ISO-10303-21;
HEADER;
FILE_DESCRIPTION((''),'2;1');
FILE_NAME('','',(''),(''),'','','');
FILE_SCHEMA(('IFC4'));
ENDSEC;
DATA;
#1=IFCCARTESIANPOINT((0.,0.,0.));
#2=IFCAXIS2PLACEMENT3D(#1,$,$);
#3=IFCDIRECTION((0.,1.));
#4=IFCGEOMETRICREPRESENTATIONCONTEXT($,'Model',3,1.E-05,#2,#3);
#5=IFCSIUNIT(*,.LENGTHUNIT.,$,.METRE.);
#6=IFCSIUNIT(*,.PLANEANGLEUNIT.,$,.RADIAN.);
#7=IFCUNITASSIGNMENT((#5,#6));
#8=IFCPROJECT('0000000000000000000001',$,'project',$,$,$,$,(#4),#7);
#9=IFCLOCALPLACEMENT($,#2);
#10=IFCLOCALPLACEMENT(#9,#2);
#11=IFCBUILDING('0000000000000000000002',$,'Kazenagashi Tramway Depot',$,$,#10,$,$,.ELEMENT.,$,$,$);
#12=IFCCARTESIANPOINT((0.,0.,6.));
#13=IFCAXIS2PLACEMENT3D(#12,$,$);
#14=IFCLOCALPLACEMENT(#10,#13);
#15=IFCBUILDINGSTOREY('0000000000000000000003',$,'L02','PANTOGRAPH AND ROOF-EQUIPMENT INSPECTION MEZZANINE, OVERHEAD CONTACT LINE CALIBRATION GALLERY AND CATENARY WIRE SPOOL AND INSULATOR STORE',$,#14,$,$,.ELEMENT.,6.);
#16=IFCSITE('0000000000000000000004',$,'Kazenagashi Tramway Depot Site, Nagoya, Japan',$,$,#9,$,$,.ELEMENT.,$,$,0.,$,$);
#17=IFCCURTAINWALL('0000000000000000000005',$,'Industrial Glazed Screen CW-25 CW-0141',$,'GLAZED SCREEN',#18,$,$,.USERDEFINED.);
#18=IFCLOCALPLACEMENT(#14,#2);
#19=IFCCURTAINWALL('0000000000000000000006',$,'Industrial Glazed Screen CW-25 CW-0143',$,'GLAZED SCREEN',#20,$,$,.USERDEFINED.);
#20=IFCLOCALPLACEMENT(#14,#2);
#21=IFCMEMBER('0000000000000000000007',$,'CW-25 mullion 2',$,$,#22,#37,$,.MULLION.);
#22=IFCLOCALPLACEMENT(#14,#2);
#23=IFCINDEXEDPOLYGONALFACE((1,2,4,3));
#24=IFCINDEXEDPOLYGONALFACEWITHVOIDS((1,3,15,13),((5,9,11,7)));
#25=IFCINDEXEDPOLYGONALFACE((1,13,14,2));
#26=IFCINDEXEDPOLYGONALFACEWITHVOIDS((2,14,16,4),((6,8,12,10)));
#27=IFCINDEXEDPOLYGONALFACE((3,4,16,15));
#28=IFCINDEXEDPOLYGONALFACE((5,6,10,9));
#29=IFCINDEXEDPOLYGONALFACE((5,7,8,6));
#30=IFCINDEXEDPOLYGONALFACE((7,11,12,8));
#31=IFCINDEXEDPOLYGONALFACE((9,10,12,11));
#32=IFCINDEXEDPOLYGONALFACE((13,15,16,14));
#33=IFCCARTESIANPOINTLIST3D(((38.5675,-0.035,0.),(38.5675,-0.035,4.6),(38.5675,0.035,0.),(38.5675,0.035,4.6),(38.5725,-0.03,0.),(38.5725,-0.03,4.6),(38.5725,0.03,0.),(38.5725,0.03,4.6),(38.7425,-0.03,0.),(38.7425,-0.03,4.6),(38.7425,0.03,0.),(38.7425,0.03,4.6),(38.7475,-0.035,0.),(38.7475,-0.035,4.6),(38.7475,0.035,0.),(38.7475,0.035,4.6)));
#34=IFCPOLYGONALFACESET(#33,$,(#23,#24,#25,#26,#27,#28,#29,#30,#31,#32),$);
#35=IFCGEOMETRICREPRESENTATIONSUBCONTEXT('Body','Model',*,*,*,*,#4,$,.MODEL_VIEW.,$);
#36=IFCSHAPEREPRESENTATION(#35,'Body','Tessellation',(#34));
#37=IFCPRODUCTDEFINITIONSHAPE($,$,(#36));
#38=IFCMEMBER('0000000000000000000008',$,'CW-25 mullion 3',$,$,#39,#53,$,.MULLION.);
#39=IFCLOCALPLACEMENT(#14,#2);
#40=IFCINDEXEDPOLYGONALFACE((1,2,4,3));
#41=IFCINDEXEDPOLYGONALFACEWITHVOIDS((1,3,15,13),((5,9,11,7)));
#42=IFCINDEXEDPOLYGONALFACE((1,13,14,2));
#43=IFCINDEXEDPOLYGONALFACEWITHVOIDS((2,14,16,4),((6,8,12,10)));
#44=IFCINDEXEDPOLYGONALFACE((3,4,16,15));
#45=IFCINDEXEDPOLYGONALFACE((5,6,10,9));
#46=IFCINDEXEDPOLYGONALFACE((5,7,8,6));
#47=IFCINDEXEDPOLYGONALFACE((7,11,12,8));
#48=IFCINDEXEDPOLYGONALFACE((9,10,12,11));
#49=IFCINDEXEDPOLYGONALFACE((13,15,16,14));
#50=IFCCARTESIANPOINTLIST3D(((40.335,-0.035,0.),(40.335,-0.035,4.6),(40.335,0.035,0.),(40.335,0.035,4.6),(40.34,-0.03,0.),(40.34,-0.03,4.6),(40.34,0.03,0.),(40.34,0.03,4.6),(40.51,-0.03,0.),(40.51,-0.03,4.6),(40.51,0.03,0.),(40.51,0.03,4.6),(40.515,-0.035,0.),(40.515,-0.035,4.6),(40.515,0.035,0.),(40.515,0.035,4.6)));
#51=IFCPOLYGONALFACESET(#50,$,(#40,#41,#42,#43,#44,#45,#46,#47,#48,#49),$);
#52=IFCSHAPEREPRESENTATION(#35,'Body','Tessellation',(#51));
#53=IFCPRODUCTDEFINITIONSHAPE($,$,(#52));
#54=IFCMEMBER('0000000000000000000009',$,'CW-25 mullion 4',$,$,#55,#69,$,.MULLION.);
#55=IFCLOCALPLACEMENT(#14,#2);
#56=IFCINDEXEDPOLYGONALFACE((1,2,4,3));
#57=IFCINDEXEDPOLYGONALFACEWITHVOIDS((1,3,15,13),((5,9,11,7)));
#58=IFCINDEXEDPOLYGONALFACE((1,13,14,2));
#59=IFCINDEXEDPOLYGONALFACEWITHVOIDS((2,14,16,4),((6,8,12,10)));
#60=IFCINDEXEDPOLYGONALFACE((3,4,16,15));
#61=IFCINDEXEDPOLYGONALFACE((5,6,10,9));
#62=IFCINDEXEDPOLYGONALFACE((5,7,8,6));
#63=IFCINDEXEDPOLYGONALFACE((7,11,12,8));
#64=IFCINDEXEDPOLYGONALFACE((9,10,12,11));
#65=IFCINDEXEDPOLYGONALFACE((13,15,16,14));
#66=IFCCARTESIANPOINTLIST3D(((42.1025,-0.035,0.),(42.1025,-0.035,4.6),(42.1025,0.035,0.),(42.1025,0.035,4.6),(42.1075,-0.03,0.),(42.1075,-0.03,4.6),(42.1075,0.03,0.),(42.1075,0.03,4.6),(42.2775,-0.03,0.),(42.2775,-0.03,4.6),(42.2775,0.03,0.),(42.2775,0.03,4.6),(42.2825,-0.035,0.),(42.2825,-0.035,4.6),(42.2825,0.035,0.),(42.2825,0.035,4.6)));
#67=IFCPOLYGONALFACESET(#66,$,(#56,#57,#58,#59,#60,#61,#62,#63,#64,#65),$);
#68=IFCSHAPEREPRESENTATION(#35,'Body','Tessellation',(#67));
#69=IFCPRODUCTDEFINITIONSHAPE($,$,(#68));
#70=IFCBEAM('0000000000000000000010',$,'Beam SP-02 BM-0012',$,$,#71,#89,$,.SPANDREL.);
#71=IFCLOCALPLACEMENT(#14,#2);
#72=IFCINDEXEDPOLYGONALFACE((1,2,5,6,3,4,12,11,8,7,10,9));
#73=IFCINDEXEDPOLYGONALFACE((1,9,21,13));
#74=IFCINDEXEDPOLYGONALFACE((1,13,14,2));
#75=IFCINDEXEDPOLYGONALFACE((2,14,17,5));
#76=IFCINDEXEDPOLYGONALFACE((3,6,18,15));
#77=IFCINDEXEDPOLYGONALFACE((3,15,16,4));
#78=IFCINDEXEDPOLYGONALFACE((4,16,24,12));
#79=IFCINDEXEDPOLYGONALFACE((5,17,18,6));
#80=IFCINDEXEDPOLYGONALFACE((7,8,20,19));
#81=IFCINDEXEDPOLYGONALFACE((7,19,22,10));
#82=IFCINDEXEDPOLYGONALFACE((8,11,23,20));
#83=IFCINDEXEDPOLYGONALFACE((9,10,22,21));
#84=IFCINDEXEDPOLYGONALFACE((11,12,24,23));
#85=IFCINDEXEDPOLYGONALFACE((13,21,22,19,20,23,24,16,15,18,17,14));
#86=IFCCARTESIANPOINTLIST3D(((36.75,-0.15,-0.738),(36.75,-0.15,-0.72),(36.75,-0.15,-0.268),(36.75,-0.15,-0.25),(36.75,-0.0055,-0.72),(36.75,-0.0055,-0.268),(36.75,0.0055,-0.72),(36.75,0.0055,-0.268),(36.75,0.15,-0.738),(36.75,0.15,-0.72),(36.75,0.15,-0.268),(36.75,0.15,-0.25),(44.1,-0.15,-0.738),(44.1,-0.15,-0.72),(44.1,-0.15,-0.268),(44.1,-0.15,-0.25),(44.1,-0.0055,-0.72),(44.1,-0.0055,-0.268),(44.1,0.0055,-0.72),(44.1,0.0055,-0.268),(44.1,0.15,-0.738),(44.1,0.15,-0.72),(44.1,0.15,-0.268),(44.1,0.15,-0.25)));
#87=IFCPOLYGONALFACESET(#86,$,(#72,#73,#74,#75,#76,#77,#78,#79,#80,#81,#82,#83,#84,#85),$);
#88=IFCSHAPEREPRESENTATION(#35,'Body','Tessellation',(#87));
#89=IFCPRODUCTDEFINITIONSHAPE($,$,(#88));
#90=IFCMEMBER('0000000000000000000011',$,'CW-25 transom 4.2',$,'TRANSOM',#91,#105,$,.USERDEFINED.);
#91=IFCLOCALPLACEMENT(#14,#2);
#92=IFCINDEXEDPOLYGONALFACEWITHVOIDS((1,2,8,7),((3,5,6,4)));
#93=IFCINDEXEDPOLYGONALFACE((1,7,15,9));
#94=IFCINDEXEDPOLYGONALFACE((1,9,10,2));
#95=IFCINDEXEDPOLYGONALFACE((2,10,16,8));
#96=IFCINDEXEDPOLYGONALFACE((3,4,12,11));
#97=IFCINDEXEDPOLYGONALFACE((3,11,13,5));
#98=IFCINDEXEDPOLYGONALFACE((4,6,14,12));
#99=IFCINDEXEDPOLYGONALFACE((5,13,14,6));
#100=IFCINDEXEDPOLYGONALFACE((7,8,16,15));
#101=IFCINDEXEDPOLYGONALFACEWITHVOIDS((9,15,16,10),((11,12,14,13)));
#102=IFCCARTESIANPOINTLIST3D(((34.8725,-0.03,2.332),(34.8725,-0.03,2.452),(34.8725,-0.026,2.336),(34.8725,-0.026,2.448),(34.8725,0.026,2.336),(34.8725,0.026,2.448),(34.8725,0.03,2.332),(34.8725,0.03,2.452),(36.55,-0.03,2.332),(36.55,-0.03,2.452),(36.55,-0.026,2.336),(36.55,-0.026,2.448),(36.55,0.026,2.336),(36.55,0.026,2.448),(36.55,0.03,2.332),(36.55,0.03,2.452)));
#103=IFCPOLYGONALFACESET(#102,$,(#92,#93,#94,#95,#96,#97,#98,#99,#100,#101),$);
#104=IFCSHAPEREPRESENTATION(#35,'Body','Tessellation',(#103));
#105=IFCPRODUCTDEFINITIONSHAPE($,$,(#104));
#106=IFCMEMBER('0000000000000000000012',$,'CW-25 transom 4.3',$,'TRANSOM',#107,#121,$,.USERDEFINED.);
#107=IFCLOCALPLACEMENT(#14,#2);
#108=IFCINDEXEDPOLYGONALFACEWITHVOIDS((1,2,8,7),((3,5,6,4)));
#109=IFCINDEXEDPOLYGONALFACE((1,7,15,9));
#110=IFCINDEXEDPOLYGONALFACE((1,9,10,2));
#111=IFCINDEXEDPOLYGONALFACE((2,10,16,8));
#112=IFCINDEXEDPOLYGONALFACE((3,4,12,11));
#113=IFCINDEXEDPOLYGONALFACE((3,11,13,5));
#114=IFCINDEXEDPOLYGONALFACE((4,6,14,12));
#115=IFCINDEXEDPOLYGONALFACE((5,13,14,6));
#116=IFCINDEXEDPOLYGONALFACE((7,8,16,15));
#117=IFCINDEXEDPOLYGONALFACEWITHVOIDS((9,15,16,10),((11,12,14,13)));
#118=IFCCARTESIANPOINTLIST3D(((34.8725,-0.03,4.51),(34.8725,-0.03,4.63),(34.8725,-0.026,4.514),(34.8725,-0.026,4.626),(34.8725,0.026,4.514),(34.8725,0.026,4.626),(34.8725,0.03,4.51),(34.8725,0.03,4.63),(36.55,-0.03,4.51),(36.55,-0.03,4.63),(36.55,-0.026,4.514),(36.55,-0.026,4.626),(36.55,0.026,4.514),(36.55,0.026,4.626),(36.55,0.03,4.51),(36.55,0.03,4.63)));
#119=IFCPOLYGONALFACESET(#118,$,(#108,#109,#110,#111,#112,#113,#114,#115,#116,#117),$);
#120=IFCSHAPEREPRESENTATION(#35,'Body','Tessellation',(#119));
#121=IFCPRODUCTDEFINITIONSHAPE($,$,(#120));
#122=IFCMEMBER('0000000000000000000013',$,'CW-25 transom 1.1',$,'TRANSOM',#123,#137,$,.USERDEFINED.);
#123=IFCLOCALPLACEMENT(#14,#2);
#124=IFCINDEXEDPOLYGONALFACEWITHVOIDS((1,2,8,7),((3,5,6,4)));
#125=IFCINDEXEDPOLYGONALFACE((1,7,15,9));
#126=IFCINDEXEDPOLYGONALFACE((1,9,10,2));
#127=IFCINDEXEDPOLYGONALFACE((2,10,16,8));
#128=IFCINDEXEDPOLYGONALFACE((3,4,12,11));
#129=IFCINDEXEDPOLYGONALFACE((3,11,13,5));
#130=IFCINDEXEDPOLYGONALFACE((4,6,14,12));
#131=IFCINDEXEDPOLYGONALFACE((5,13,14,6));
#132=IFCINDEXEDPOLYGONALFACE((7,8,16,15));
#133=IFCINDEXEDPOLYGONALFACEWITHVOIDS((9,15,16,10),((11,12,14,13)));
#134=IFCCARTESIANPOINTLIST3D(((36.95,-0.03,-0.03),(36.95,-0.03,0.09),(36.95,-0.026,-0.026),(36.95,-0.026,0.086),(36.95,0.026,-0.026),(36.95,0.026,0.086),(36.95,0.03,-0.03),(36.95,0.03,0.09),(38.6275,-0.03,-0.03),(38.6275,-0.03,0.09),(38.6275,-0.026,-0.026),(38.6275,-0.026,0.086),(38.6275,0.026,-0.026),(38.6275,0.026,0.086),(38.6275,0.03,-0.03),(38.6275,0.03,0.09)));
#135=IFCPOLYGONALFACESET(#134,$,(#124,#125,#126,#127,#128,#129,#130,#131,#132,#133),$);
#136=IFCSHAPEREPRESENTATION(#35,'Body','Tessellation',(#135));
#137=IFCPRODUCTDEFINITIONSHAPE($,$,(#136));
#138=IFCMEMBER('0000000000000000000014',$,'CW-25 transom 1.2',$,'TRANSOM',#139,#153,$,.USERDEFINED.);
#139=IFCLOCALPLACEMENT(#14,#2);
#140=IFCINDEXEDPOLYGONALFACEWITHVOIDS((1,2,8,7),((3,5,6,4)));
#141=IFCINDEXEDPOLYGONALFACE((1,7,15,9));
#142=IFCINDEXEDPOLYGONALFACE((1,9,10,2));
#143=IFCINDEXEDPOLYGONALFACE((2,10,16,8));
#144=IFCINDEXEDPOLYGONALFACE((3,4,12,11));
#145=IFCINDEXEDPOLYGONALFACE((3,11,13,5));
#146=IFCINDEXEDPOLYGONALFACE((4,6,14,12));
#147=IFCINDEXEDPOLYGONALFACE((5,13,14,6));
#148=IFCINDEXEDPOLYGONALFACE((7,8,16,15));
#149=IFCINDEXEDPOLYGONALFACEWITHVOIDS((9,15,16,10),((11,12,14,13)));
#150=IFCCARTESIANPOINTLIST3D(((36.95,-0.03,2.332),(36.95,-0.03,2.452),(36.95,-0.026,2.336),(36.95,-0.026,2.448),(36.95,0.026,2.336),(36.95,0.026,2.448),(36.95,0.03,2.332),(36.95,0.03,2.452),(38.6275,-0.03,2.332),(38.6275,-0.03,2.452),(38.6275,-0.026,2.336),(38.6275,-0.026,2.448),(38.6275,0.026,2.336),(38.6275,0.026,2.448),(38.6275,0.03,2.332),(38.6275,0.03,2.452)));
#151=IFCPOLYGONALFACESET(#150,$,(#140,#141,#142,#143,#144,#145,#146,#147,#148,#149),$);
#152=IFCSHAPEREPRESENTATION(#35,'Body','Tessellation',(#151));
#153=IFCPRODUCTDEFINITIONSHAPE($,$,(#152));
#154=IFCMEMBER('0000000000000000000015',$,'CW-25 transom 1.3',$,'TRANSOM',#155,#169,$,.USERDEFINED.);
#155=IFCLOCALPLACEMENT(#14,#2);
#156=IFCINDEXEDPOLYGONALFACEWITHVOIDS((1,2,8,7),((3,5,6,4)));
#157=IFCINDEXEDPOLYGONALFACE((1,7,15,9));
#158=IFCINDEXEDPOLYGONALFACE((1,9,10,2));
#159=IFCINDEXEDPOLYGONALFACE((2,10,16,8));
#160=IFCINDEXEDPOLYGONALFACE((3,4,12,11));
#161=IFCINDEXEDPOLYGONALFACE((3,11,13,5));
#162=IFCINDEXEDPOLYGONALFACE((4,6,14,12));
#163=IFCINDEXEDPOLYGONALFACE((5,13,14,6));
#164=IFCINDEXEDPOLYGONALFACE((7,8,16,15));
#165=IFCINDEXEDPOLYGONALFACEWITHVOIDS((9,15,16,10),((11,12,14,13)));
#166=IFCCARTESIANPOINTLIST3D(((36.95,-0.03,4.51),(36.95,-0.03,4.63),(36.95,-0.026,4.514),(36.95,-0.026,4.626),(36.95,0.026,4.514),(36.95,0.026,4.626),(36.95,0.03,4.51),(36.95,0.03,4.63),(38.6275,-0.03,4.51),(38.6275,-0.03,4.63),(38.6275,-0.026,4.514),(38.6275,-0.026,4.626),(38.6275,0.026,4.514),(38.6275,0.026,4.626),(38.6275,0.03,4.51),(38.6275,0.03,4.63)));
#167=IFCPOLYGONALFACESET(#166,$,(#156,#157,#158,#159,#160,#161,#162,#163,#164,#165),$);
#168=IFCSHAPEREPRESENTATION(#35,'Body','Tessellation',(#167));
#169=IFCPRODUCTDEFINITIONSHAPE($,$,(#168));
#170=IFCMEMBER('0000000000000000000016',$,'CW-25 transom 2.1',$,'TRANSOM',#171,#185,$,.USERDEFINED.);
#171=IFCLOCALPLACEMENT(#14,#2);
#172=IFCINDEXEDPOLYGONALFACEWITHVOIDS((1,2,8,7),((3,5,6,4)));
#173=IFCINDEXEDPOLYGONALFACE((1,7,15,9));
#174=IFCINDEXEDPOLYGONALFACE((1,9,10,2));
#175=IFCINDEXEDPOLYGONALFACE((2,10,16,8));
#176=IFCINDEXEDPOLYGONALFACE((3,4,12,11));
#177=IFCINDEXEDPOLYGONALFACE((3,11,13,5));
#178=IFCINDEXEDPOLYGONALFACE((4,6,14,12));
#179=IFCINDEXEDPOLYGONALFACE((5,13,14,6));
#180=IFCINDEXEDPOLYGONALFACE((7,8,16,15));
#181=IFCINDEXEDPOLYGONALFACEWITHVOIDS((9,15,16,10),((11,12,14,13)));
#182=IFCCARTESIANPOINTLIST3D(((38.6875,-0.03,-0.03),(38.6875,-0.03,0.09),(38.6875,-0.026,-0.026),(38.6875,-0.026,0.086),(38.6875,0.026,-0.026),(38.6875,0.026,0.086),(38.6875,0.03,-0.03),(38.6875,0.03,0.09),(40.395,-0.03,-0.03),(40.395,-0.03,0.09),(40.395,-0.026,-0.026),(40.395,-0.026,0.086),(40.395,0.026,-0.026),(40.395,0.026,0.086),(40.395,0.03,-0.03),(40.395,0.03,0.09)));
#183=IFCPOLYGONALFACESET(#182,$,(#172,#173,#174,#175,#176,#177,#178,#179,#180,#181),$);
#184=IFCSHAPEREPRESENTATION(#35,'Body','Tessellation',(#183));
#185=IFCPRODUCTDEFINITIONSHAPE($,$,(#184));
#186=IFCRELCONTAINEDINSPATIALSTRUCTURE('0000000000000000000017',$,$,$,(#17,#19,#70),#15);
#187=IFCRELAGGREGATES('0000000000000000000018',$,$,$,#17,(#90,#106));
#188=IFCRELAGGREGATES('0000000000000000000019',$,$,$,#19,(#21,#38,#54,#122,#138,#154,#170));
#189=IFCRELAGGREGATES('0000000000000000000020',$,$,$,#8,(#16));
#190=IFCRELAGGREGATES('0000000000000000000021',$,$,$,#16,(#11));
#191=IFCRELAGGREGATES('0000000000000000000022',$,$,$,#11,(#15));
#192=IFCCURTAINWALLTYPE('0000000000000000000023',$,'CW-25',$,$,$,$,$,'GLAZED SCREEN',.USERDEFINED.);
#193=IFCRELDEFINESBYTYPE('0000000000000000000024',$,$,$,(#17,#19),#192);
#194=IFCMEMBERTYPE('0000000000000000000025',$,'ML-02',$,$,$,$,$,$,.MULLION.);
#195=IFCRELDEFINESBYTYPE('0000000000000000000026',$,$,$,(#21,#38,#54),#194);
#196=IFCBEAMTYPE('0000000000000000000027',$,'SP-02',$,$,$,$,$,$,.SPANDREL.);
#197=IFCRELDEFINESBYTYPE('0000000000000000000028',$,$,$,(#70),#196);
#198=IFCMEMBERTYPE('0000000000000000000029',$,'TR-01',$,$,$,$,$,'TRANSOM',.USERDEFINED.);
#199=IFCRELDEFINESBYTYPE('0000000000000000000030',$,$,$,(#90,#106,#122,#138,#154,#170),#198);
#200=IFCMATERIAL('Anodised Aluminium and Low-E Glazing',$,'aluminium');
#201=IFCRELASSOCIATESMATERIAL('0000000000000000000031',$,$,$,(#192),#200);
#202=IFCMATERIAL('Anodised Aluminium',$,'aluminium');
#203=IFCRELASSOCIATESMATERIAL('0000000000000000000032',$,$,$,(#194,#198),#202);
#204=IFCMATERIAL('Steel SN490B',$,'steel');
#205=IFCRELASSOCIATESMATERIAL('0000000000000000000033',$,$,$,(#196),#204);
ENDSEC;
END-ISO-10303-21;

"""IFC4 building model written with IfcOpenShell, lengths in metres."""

from ifc_helpers import new_model, si_unit, direction, frame, origin, origin_2d, place, context, subcontext, project, spatial, hollow_rectangle, i_section, extrude, material, material_profile, profile_set, type_object, element, aggregate, save


model = new_model("IFC4")

# Units and contexts
model_context = context("Model", 3, precision=1e-05, world=origin(), true_north=direction((0.0, 1.0)))
body_context = subcontext(model_context, "Body", "Model", "MODEL_VIEW")
ifc_project = project(units=[si_unit("LENGTHUNIT", "METRE"), si_unit("PLANEANGLEUNIT", "RADIAN")], contexts=[model_context])

# Site, building, storey
site_placement = place(None, origin())
site = spatial("IfcSite", under=ifc_project, at=site_placement, Name="Kazenagashi Tramway Depot Site, Nagoya, Japan", CompositionType="ELEMENT", RefElevation=0.0)
building_placement = place(site_placement, origin())
building = spatial("IfcBuilding", under=site, at=building_placement, Name="Kazenagashi Tramway Depot", CompositionType="ELEMENT")
storey_placement = place(building_placement, frame((0.0, 0.0, 6.0)))
storey = spatial("IfcBuildingStorey", under=building, at=storey_placement, Name="L02", Description="PANTOGRAPH AND ROOF-EQUIPMENT INSPECTION MEZZANINE, OVERHEAD CONTACT LINE CALIBRATION GALLERY AND CATENARY WIRE SPOOL AND INSULATOR STORE", CompositionType="ELEMENT", Elevation=6.0)

# Shared definitions
ifc_material_1 = material(Name="Steel SN490B", Category="steel")

# Curtain wall
ifc_material_2 = material(Name="Anodised Aluminium and Low-E Glazing", Category="aluminium")
curtain_wall_type = type_object("IfcCurtainWallType", Name="CW-25", ElementType="GLAZED SCREEN", PredefinedType="USERDEFINED", material=ifc_material_2)
curtain_wall_1_placement = place(storey_placement, origin())
curtain_wall_1 = element("IfcCurtainWall", 1, at=curtain_wall_1_placement, inside=storey, type_object=curtain_wall_type, Name="Industrial Glazed Screen CW-25 CW-0141", ObjectType="GLAZED SCREEN", PredefinedType="USERDEFINED")
ifc_material_3 = material(Name="Anodised Aluminium", Category="aluminium")
ifc_material_profile_1 = material_profile(ifc_material_3, hollow_rectangle(XDim=0.07, YDim=0.18, WallThickness=0.005, at=origin_2d()), Name="RHS-180x70x5")
ifc_profile_set_1 = profile_set([ifc_material_profile_1], Name="Anodised Aluminium")
member_type_1 = type_object("IfcMemberType", Name="ML-02", PredefinedType="MULLION", material=ifc_profile_set_1)

# Curtain wall, members
curtain_wall_2_placement = place(storey_placement, origin())
curtain_wall_2 = element("IfcCurtainWall", 2, at=curtain_wall_2_placement, inside=storey, type_object=curtain_wall_type, Name="Industrial Glazed Screen CW-25 CW-0143", ObjectType="GLAZED SCREEN", PredefinedType="USERDEFINED")
member_1_placement = place(storey_placement, frame((38.6575, 0.0, 0.0), z_axis=(0.0, 0.0, 1.0), x_axis=(0.0, 1.0, 0.0)))
member_1 = element("IfcMember", 3, at=member_1_placement, type_object=member_type_1, Name="CW-25 mullion 2", PredefinedType="MULLION", context=body_context, shape_type="SweptSolid", body=[
    extrude(hollow_rectangle(XDim=0.07, YDim=0.18, WallThickness=0.005, at=origin_2d()), origin(), (0.0, 0.0, 1.0), 4.6),
])
member_2_placement = place(storey_placement, frame((40.425, 0.0, 0.0), z_axis=(0.0, 0.0, 1.0), x_axis=(0.0, 1.0, 0.0)))
member_2 = element("IfcMember", 4, at=member_2_placement, type_object=member_type_1, Name="CW-25 mullion 3", PredefinedType="MULLION", context=body_context, shape_type="SweptSolid", body=[
    extrude(hollow_rectangle(XDim=0.07, YDim=0.18, WallThickness=0.005, at=origin_2d()), origin(), (0.0, 0.0, 1.0), 4.6),
])
member_3_placement = place(storey_placement, frame((42.1925, 0.0, 0.0), z_axis=(0.0, 0.0, 1.0), x_axis=(0.0, 1.0, 0.0)))
member_3 = element("IfcMember", 5, at=member_3_placement, type_object=member_type_1, Name="CW-25 mullion 4", PredefinedType="MULLION", context=body_context, shape_type="SweptSolid", body=[
    extrude(hollow_rectangle(XDim=0.07, YDim=0.18, WallThickness=0.005, at=origin_2d()), origin(), (0.0, 0.0, 1.0), 4.6),
])

# Beam
ifc_material_profile_2 = material_profile(ifc_material_1, i_section(OverallWidth=0.3, OverallDepth=0.488, WebThickness=0.011, FlangeThickness=0.018, at=origin_2d()), Name="H-488x300x11x18")
ifc_profile_set_2 = profile_set([ifc_material_profile_2], Name="Steel SN490B")
beam_type_1 = type_object("IfcBeamType", Name="SP-02", PredefinedType="SPANDREL", material=ifc_profile_set_2)
beam_1_placement = place(storey_placement, frame((36.75, 0.0, -0.494), z_axis=(1.0, 0.0, 0.0), x_axis=(0.0, 1.0, 0.0)))
element("IfcBeam", 6, at=beam_1_placement, inside=storey, type_object=beam_type_1, Name="Beam SP-02 BM-0012", PredefinedType="SPANDREL", context=body_context, shape_type="SweptSolid", body=[
    extrude(i_section(OverallWidth=0.3, OverallDepth=0.488, WebThickness=0.011, FlangeThickness=0.018, at=origin_2d()), origin(), (0.0, 0.0, 1.0), 7.35),
])

# Members
ifc_material_profile_3 = material_profile(ifc_material_3, hollow_rectangle(XDim=0.06, YDim=0.12, WallThickness=0.004, at=origin_2d()), Name="RHS-120x60x4")
ifc_profile_set_3 = profile_set([ifc_material_profile_3], Name="Anodised Aluminium")
member_type_2 = type_object("IfcMemberType", Name="TR-01", ElementType="TRANSOM", PredefinedType="USERDEFINED", material=ifc_profile_set_3)
member_4_placement = place(storey_placement, frame((34.8725, 0.0, 2.392), z_axis=(1.0, 0.0, 0.0), x_axis=(0.0, 1.0, 0.0)))
member_4 = element("IfcMember", 7, at=member_4_placement, type_object=member_type_2, Name="CW-25 transom 4.2", ObjectType="TRANSOM", PredefinedType="USERDEFINED", context=body_context, shape_type="SweptSolid", body=[
    extrude(hollow_rectangle(XDim=0.06, YDim=0.12, WallThickness=0.004, at=origin_2d()), origin(), (0.0, 0.0, 1.0), 1.6775),
])
member_5_placement = place(storey_placement, frame((34.8725, 0.0, 4.57), z_axis=(1.0, 0.0, 0.0), x_axis=(0.0, 1.0, 0.0)))
member_5 = element("IfcMember", 8, at=member_5_placement, type_object=member_type_2, Name="CW-25 transom 4.3", ObjectType="TRANSOM", PredefinedType="USERDEFINED", context=body_context, shape_type="SweptSolid", body=[
    extrude(hollow_rectangle(XDim=0.06, YDim=0.12, WallThickness=0.004, at=origin_2d()), origin(), (0.0, 0.0, 1.0), 1.6775),
])
member_6_placement = place(storey_placement, frame((36.95, 0.0, 0.03), z_axis=(1.0, 0.0, 0.0), x_axis=(0.0, 1.0, 0.0)))
member_6 = element("IfcMember", 9, at=member_6_placement, type_object=member_type_2, Name="CW-25 transom 1.1", ObjectType="TRANSOM", PredefinedType="USERDEFINED", context=body_context, shape_type="SweptSolid", body=[
    extrude(hollow_rectangle(XDim=0.06, YDim=0.12, WallThickness=0.004, at=origin_2d()), origin(), (0.0, 0.0, 1.0), 1.6775),
])
member_7_placement = place(storey_placement, frame((36.95, 0.0, 2.392), z_axis=(1.0, 0.0, 0.0), x_axis=(0.0, 1.0, 0.0)))
member_7 = element("IfcMember", 10, at=member_7_placement, type_object=member_type_2, Name="CW-25 transom 1.2", ObjectType="TRANSOM", PredefinedType="USERDEFINED", context=body_context, shape_type="SweptSolid", body=[
    extrude(hollow_rectangle(XDim=0.06, YDim=0.12, WallThickness=0.004, at=origin_2d()), origin(), (0.0, 0.0, 1.0), 1.6775),
])
member_8_placement = place(storey_placement, frame((36.95, 0.0, 4.57), z_axis=(1.0, 0.0, 0.0), x_axis=(0.0, 1.0, 0.0)))
member_8 = element("IfcMember", 11, at=member_8_placement, type_object=member_type_2, Name="CW-25 transom 1.3", ObjectType="TRANSOM", PredefinedType="USERDEFINED", context=body_context, shape_type="SweptSolid", body=[
    extrude(hollow_rectangle(XDim=0.06, YDim=0.12, WallThickness=0.004, at=origin_2d()), origin(), (0.0, 0.0, 1.0), 1.6775),
])
member_9_placement = place(storey_placement, frame((38.6875, 0.0, 0.03), z_axis=(1.0, 0.0, 0.0), x_axis=(0.0, 1.0, 0.0)))
member_9 = element("IfcMember", 12, at=member_9_placement, type_object=member_type_2, Name="CW-25 transom 2.1", ObjectType="TRANSOM", PredefinedType="USERDEFINED", context=body_context, shape_type="SweptSolid", body=[
    extrude(hollow_rectangle(XDim=0.06, YDim=0.12, WallThickness=0.004, at=origin_2d()), origin(), (0.0, 0.0, 1.0), 1.7075),
])

aggregate(curtain_wall_1, [member_4, member_5])
aggregate(curtain_wall_2, [member_1, member_2, member_3, member_6, member_7, member_8, member_9])

save(model, "model.ifc")
